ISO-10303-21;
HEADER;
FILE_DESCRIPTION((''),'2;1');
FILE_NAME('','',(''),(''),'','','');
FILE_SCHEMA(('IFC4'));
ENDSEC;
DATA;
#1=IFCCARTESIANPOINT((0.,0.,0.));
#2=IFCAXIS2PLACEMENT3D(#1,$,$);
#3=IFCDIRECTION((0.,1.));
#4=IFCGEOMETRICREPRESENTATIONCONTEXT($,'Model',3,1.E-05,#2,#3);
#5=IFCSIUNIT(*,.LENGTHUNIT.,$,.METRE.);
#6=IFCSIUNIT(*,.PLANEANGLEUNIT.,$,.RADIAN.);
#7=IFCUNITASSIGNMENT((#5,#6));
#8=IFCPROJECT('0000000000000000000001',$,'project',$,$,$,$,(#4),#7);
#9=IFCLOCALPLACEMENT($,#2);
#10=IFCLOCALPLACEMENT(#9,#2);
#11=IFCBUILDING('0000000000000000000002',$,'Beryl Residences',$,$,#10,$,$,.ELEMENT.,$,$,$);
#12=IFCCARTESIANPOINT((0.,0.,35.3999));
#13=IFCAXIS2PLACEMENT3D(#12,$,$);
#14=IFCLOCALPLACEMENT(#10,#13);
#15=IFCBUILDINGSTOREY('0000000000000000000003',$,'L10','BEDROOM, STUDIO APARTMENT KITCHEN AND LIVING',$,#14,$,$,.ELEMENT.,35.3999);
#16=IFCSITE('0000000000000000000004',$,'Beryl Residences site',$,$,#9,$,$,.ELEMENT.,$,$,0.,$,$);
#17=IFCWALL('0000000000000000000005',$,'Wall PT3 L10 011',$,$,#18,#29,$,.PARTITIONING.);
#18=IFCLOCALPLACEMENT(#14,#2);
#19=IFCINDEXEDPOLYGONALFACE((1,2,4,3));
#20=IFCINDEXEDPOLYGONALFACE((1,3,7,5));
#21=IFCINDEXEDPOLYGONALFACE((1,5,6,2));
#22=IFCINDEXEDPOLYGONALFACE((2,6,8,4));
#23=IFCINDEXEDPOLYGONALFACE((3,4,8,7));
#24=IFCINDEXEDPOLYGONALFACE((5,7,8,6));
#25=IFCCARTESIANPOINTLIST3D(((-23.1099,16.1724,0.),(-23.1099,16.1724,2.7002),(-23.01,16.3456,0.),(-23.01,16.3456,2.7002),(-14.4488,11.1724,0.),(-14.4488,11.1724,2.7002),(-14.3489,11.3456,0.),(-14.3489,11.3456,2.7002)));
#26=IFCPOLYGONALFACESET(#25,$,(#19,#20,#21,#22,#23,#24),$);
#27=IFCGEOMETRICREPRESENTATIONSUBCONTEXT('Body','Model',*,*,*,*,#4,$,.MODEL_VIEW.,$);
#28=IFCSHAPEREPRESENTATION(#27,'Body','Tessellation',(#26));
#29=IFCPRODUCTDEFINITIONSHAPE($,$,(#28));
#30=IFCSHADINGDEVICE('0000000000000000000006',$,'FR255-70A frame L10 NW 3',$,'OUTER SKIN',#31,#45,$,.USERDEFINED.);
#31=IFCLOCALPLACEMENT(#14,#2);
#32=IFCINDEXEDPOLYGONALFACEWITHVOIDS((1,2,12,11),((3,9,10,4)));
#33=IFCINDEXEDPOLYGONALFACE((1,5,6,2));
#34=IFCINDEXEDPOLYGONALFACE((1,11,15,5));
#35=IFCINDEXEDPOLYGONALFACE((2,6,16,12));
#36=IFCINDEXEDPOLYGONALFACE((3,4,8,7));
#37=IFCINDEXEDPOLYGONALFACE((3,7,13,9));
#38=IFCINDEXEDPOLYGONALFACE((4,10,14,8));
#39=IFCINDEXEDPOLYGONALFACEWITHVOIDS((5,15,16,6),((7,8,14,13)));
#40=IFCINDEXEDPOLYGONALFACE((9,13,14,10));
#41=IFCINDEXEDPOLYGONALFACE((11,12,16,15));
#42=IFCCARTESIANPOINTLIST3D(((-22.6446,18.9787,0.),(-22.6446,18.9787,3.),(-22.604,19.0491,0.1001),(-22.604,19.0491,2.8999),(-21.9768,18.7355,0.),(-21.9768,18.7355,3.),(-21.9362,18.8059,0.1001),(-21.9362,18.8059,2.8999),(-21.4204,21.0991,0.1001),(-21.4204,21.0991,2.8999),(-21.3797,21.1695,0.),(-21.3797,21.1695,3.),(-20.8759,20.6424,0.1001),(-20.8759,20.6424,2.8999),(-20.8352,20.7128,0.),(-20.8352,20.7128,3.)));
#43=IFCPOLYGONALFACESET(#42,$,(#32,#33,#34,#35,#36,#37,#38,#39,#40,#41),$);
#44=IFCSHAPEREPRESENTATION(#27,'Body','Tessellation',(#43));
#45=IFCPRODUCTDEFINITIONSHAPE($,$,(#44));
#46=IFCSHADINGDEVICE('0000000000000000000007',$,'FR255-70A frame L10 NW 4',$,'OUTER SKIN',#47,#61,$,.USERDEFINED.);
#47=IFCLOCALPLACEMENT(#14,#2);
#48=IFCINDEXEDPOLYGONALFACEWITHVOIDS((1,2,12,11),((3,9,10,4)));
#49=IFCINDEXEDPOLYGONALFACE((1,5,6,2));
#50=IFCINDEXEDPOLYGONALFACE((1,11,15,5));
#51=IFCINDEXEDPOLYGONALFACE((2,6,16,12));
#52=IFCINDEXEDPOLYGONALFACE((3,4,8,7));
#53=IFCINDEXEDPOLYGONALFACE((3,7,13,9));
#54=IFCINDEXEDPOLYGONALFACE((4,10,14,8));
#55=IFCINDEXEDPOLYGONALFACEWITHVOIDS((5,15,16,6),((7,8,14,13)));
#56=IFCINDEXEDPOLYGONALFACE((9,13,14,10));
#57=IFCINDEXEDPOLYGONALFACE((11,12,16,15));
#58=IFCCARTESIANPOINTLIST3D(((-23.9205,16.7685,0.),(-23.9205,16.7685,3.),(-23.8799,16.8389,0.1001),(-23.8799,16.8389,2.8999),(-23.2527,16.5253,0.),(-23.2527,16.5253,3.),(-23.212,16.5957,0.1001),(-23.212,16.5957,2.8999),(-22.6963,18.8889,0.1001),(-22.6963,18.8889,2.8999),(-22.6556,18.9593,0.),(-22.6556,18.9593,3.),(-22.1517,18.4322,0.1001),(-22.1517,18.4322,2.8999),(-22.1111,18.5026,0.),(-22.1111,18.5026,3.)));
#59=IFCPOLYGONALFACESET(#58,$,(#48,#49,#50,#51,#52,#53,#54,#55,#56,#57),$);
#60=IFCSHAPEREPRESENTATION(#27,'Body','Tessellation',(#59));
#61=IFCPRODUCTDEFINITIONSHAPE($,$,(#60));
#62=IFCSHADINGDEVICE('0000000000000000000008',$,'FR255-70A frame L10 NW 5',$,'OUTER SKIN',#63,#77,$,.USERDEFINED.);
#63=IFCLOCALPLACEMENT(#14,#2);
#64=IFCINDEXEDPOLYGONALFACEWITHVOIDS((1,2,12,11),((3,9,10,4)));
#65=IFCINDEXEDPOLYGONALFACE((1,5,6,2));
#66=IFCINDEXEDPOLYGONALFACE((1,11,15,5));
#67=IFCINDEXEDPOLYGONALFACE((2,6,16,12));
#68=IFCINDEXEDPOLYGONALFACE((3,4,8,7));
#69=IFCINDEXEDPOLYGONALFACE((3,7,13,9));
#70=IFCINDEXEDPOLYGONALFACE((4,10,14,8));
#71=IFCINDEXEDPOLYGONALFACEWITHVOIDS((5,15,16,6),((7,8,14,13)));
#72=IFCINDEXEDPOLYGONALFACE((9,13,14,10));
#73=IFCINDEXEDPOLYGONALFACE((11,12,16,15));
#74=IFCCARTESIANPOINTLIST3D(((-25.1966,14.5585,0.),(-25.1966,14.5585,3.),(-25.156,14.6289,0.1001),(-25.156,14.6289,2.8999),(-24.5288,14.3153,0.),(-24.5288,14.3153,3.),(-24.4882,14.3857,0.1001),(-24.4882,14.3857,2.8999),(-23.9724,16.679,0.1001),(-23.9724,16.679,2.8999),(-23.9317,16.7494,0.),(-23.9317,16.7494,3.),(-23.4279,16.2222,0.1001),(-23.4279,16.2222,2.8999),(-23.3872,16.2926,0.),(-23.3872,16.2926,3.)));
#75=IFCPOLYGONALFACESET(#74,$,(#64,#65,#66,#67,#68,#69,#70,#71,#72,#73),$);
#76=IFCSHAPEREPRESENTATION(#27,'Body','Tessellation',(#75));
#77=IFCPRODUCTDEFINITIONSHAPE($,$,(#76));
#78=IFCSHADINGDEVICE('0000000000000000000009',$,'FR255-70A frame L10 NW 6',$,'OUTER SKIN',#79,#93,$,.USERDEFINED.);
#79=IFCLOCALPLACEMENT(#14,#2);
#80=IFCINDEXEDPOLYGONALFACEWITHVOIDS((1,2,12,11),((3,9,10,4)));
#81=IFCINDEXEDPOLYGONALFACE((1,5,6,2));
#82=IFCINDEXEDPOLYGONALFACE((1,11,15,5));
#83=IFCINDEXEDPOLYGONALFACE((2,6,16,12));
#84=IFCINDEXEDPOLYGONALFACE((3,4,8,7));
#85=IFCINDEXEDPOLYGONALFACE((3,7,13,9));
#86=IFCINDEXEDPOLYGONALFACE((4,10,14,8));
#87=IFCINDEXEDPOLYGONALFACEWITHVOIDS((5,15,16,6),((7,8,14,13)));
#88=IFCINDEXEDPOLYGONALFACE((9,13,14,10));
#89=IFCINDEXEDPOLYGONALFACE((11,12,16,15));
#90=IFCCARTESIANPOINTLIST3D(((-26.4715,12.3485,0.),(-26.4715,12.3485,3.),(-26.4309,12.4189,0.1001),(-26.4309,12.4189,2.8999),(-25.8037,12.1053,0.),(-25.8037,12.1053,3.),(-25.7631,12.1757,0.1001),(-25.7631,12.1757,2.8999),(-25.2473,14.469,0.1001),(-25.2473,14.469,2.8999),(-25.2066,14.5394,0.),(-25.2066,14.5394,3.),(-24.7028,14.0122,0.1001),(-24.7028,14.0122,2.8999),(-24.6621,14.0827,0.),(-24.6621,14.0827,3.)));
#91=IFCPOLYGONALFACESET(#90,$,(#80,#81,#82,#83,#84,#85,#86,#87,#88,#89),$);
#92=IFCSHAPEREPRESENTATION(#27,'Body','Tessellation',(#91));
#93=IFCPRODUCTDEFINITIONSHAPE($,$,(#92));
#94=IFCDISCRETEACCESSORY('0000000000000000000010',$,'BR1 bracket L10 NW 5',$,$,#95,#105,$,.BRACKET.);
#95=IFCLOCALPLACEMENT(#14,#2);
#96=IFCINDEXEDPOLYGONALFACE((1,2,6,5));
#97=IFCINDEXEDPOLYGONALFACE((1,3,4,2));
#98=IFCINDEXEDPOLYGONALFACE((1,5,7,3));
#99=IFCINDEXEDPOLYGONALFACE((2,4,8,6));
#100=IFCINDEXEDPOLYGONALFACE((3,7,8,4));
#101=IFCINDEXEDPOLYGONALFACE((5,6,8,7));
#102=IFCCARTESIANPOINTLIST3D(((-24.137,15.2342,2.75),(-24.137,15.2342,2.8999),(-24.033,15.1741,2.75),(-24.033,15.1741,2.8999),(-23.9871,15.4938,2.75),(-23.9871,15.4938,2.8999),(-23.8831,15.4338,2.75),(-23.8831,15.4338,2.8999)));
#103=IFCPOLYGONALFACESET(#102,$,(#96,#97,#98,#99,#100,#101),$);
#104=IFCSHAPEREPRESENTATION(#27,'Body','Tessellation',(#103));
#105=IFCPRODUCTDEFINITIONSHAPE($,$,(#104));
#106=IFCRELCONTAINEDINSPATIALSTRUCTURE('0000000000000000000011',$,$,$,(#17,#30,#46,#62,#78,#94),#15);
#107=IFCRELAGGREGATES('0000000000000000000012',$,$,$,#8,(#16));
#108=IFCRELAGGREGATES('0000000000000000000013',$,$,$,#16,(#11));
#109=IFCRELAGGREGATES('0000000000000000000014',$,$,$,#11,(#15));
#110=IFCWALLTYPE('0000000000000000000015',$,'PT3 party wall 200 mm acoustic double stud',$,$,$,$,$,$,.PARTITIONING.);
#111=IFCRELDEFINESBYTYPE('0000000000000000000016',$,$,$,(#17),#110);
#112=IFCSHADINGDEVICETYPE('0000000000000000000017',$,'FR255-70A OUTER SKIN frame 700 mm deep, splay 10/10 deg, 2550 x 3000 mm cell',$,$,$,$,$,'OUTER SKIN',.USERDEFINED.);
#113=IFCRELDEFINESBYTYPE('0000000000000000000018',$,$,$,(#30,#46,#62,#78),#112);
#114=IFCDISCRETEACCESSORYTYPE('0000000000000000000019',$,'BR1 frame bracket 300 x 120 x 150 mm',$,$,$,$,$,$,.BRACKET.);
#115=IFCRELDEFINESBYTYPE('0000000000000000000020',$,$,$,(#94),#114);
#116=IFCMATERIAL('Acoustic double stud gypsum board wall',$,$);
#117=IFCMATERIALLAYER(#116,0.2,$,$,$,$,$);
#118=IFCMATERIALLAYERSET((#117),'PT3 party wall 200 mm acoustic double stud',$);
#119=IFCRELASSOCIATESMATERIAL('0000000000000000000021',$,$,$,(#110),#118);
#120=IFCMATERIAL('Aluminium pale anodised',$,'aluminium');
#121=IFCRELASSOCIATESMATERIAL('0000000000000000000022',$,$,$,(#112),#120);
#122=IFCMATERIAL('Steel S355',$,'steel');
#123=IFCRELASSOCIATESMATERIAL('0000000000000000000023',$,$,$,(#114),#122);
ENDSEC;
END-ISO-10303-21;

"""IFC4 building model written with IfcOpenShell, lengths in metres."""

from ifc_helpers import new_model, entity, si_unit, direction, frame, frame_2d, origin, place, context, subcontext, project, spatial, polyline, rectangle, outline, extrude, source, transform, mapped, material, layer, layer_set, type_object, type_shapes, element, save


model = new_model("IFC4")

# Units and contexts
model_context = context("Model", 3, precision=1e-05, world=origin(), true_north=direction((0.0, 1.0)))
body_context = subcontext(model_context, "Body", "Model", "MODEL_VIEW")
ifc_project = project(units=[si_unit("LENGTHUNIT", "METRE"), si_unit("PLANEANGLEUNIT", "RADIAN")], contexts=[model_context])

# Site, building, storey
site_placement = place(None, origin())
site = spatial("IfcSite", under=ifc_project, at=site_placement, Name="Beryl Residences site", CompositionType="ELEMENT", RefElevation=0.0)
building_placement = place(site_placement, origin())
building = spatial("IfcBuilding", under=site, at=building_placement, Name="Beryl Residences", CompositionType="ELEMENT")
storey_placement = place(building_placement, frame((0.0, 0.0, 35.3999)))
storey = spatial("IfcBuildingStorey", under=building, at=storey_placement, Name="L10", Description="BEDROOM, STUDIO APARTMENT KITCHEN AND LIVING", CompositionType="ELEMENT", Elevation=35.3999)

# Wall
ifc_material_1 = material(Name="Acoustic double stud gypsum board wall")
ifc_layer_1 = layer(ifc_material_1, 0.2)
ifc_layer_set_1 = layer_set([ifc_layer_1], Name="PT3 party wall 200 mm acoustic double stud")
wall_type_1 = type_object("IfcWallType", Name="PT3 party wall 200 mm acoustic double stud", PredefinedType="PARTITIONING", material=ifc_layer_set_1)
wall_1_placement = place(storey_placement, frame((-23.0601, 16.259, 0.0), z_axis=(0.0, 0.0, 1.0), x_axis=(0.866047, -0.499962, 0.0)))
element("IfcWall", 1, at=wall_1_placement, inside=storey, type_object=wall_type_1, Name="Wall PT3 L10 011", PredefinedType="PARTITIONING", context=body_context, shape_type="SweptSolid", body=[
    extrude(rectangle(XDim=10.0007, YDim=0.2, at=frame_2d((5.0005, 0.0))), origin(), (0.0, 0.0, 1.0), 2.7002),
])

# Shading devices
ifc_material_2 = material(Name="Aluminium pale anodised", Category="aluminium")
shading_device_type = type_object("IfcShadingDeviceType", Name="FR255-70A OUTER SKIN frame 700 mm deep, splay 10/10 deg, 2550 x 3000 mm cell", ElementType="OUTER SKIN", PredefinedType="USERDEFINED", material=ifc_material_2)
cartesian_point_1 = entity("IfcCartesianPoint", [-1.1416, 0.0])
cartesian_point_2 = entity("IfcCartesianPoint", [-1.0603, 0.1001])
cartesian_point_3 = entity("IfcCartesianPoint", [-1.2649, 0.0])
cartesian_point_4 = entity("IfcCartesianPoint", [-1.1836, 0.1001])
shared_shape_1 = source(origin(), body_context, "Body", "SweptSolid", [
    entity("IfcExtrudedAreaSolidTapered", entity("IfcArbitraryProfileDefWithVoids", "AREA", None, entity("IfcPolyline", [cartesian_point_1, entity("IfcCartesianPoint", [1.1416, 0.0]), entity("IfcCartesianPoint", [1.1416, 3.0]), entity("IfcCartesianPoint", [-1.1416, 3.0]), cartesian_point_1]), [entity("IfcPolyline", [cartesian_point_2, entity("IfcCartesianPoint", [1.0603, 0.1001]), entity("IfcCartesianPoint", [1.0603, 2.8999]), entity("IfcCartesianPoint", [-1.0603, 2.8999]), cartesian_point_2])]), entity("IfcAxis2Placement3D", entity("IfcCartesianPoint", [0.0, 0.0, 0.0]), entity("IfcDirection", [0.0, 1.0, 0.0]), entity("IfcDirection", [-1.0, 0.0, 0.0])), entity("IfcDirection", [0.0, 0.0, 1.0]), 0.7, entity("IfcArbitraryProfileDefWithVoids", "AREA", None, entity("IfcPolyline", [cartesian_point_3, entity("IfcCartesianPoint", [1.2649, 0.0]), entity("IfcCartesianPoint", [1.2649, 3.0]), entity("IfcCartesianPoint", [-1.2649, 3.0]), cartesian_point_3]), [entity("IfcPolyline", [cartesian_point_4, entity("IfcCartesianPoint", [1.1836, 0.1001]), entity("IfcCartesianPoint", [1.1836, 2.8999]), entity("IfcCartesianPoint", [-1.1836, 2.8999]), cartesian_point_4])])),
])
type_shapes(shading_device_type, [shared_shape_1])
for number, where, z_axis, x_axis, name in (
    (2, (-21.406, 19.7241, 0.0), (0.0, 0.0, 1.0), (0.5, 0.866025, 0.0), "FR255-70A frame L10 NW 3"),
    (3, (-22.6819, 17.5139, 0.0), (0.0, 0.0, 1.0), (0.5, 0.866025, 0.0), "FR255-70A frame L10 NW 4"),
    (4, (-23.958, 15.304, 0.0), (0.0, 0.0, 1.0), (0.5, 0.866025, 0.0), "FR255-70A frame L10 NW 5"),
    (5, (-25.2329, 13.094, 0.0), (0.0, 0.0, 1.0), (0.5, 0.866025, 0.0), "FR255-70A frame L10 NW 6"),
):
    element("IfcShadingDevice", number, at=place(storey_placement, frame(where, z_axis=z_axis, x_axis=x_axis)), inside=storey, type_object=shading_device_type, Name=name, ObjectType="OUTER SKIN", PredefinedType="USERDEFINED", context=body_context, shape_type="MappedRepresentation", body=[
        mapped(shared_shape_1, transform((0.0, 0.0, 0.0))),
    ])

# Discrete accessory
ifc_material_3 = material(Name="Steel S355", Category="steel")
discrete_accessory_type = type_object("IfcDiscreteAccessoryType", Name="BR1 frame bracket 300 x 120 x 150 mm", PredefinedType="BRACKET", material=ifc_material_3)
shared_shape_2 = source(origin(), body_context, "Body", "SweptSolid", [
    extrude(outline(polyline([(-0.1499, 0.0), (0.1499, 0.0), (0.1499, 0.1201), (-0.1499, 0.1201), (-0.1499, 0.0)])), origin(), (0.0, 0.0, 1.0), 0.1499),
])
type_shapes(discrete_accessory_type, [shared_shape_2])
discrete_accessory_placement = place(storey_placement, frame((-23.958, 15.304, 2.75), z_axis=(0.0, 0.0, 1.0), x_axis=(0.5, 0.866025, 0.0)))
element("IfcDiscreteAccessory", 6, at=discrete_accessory_placement, inside=storey, type_object=discrete_accessory_type, Name="BR1 bracket L10 NW 5", PredefinedType="BRACKET", context=body_context, shape_type="MappedRepresentation", body=[
    mapped(shared_shape_2, transform((0.0, 0.0, 0.0))),
])

save(model, "model.ifc")
